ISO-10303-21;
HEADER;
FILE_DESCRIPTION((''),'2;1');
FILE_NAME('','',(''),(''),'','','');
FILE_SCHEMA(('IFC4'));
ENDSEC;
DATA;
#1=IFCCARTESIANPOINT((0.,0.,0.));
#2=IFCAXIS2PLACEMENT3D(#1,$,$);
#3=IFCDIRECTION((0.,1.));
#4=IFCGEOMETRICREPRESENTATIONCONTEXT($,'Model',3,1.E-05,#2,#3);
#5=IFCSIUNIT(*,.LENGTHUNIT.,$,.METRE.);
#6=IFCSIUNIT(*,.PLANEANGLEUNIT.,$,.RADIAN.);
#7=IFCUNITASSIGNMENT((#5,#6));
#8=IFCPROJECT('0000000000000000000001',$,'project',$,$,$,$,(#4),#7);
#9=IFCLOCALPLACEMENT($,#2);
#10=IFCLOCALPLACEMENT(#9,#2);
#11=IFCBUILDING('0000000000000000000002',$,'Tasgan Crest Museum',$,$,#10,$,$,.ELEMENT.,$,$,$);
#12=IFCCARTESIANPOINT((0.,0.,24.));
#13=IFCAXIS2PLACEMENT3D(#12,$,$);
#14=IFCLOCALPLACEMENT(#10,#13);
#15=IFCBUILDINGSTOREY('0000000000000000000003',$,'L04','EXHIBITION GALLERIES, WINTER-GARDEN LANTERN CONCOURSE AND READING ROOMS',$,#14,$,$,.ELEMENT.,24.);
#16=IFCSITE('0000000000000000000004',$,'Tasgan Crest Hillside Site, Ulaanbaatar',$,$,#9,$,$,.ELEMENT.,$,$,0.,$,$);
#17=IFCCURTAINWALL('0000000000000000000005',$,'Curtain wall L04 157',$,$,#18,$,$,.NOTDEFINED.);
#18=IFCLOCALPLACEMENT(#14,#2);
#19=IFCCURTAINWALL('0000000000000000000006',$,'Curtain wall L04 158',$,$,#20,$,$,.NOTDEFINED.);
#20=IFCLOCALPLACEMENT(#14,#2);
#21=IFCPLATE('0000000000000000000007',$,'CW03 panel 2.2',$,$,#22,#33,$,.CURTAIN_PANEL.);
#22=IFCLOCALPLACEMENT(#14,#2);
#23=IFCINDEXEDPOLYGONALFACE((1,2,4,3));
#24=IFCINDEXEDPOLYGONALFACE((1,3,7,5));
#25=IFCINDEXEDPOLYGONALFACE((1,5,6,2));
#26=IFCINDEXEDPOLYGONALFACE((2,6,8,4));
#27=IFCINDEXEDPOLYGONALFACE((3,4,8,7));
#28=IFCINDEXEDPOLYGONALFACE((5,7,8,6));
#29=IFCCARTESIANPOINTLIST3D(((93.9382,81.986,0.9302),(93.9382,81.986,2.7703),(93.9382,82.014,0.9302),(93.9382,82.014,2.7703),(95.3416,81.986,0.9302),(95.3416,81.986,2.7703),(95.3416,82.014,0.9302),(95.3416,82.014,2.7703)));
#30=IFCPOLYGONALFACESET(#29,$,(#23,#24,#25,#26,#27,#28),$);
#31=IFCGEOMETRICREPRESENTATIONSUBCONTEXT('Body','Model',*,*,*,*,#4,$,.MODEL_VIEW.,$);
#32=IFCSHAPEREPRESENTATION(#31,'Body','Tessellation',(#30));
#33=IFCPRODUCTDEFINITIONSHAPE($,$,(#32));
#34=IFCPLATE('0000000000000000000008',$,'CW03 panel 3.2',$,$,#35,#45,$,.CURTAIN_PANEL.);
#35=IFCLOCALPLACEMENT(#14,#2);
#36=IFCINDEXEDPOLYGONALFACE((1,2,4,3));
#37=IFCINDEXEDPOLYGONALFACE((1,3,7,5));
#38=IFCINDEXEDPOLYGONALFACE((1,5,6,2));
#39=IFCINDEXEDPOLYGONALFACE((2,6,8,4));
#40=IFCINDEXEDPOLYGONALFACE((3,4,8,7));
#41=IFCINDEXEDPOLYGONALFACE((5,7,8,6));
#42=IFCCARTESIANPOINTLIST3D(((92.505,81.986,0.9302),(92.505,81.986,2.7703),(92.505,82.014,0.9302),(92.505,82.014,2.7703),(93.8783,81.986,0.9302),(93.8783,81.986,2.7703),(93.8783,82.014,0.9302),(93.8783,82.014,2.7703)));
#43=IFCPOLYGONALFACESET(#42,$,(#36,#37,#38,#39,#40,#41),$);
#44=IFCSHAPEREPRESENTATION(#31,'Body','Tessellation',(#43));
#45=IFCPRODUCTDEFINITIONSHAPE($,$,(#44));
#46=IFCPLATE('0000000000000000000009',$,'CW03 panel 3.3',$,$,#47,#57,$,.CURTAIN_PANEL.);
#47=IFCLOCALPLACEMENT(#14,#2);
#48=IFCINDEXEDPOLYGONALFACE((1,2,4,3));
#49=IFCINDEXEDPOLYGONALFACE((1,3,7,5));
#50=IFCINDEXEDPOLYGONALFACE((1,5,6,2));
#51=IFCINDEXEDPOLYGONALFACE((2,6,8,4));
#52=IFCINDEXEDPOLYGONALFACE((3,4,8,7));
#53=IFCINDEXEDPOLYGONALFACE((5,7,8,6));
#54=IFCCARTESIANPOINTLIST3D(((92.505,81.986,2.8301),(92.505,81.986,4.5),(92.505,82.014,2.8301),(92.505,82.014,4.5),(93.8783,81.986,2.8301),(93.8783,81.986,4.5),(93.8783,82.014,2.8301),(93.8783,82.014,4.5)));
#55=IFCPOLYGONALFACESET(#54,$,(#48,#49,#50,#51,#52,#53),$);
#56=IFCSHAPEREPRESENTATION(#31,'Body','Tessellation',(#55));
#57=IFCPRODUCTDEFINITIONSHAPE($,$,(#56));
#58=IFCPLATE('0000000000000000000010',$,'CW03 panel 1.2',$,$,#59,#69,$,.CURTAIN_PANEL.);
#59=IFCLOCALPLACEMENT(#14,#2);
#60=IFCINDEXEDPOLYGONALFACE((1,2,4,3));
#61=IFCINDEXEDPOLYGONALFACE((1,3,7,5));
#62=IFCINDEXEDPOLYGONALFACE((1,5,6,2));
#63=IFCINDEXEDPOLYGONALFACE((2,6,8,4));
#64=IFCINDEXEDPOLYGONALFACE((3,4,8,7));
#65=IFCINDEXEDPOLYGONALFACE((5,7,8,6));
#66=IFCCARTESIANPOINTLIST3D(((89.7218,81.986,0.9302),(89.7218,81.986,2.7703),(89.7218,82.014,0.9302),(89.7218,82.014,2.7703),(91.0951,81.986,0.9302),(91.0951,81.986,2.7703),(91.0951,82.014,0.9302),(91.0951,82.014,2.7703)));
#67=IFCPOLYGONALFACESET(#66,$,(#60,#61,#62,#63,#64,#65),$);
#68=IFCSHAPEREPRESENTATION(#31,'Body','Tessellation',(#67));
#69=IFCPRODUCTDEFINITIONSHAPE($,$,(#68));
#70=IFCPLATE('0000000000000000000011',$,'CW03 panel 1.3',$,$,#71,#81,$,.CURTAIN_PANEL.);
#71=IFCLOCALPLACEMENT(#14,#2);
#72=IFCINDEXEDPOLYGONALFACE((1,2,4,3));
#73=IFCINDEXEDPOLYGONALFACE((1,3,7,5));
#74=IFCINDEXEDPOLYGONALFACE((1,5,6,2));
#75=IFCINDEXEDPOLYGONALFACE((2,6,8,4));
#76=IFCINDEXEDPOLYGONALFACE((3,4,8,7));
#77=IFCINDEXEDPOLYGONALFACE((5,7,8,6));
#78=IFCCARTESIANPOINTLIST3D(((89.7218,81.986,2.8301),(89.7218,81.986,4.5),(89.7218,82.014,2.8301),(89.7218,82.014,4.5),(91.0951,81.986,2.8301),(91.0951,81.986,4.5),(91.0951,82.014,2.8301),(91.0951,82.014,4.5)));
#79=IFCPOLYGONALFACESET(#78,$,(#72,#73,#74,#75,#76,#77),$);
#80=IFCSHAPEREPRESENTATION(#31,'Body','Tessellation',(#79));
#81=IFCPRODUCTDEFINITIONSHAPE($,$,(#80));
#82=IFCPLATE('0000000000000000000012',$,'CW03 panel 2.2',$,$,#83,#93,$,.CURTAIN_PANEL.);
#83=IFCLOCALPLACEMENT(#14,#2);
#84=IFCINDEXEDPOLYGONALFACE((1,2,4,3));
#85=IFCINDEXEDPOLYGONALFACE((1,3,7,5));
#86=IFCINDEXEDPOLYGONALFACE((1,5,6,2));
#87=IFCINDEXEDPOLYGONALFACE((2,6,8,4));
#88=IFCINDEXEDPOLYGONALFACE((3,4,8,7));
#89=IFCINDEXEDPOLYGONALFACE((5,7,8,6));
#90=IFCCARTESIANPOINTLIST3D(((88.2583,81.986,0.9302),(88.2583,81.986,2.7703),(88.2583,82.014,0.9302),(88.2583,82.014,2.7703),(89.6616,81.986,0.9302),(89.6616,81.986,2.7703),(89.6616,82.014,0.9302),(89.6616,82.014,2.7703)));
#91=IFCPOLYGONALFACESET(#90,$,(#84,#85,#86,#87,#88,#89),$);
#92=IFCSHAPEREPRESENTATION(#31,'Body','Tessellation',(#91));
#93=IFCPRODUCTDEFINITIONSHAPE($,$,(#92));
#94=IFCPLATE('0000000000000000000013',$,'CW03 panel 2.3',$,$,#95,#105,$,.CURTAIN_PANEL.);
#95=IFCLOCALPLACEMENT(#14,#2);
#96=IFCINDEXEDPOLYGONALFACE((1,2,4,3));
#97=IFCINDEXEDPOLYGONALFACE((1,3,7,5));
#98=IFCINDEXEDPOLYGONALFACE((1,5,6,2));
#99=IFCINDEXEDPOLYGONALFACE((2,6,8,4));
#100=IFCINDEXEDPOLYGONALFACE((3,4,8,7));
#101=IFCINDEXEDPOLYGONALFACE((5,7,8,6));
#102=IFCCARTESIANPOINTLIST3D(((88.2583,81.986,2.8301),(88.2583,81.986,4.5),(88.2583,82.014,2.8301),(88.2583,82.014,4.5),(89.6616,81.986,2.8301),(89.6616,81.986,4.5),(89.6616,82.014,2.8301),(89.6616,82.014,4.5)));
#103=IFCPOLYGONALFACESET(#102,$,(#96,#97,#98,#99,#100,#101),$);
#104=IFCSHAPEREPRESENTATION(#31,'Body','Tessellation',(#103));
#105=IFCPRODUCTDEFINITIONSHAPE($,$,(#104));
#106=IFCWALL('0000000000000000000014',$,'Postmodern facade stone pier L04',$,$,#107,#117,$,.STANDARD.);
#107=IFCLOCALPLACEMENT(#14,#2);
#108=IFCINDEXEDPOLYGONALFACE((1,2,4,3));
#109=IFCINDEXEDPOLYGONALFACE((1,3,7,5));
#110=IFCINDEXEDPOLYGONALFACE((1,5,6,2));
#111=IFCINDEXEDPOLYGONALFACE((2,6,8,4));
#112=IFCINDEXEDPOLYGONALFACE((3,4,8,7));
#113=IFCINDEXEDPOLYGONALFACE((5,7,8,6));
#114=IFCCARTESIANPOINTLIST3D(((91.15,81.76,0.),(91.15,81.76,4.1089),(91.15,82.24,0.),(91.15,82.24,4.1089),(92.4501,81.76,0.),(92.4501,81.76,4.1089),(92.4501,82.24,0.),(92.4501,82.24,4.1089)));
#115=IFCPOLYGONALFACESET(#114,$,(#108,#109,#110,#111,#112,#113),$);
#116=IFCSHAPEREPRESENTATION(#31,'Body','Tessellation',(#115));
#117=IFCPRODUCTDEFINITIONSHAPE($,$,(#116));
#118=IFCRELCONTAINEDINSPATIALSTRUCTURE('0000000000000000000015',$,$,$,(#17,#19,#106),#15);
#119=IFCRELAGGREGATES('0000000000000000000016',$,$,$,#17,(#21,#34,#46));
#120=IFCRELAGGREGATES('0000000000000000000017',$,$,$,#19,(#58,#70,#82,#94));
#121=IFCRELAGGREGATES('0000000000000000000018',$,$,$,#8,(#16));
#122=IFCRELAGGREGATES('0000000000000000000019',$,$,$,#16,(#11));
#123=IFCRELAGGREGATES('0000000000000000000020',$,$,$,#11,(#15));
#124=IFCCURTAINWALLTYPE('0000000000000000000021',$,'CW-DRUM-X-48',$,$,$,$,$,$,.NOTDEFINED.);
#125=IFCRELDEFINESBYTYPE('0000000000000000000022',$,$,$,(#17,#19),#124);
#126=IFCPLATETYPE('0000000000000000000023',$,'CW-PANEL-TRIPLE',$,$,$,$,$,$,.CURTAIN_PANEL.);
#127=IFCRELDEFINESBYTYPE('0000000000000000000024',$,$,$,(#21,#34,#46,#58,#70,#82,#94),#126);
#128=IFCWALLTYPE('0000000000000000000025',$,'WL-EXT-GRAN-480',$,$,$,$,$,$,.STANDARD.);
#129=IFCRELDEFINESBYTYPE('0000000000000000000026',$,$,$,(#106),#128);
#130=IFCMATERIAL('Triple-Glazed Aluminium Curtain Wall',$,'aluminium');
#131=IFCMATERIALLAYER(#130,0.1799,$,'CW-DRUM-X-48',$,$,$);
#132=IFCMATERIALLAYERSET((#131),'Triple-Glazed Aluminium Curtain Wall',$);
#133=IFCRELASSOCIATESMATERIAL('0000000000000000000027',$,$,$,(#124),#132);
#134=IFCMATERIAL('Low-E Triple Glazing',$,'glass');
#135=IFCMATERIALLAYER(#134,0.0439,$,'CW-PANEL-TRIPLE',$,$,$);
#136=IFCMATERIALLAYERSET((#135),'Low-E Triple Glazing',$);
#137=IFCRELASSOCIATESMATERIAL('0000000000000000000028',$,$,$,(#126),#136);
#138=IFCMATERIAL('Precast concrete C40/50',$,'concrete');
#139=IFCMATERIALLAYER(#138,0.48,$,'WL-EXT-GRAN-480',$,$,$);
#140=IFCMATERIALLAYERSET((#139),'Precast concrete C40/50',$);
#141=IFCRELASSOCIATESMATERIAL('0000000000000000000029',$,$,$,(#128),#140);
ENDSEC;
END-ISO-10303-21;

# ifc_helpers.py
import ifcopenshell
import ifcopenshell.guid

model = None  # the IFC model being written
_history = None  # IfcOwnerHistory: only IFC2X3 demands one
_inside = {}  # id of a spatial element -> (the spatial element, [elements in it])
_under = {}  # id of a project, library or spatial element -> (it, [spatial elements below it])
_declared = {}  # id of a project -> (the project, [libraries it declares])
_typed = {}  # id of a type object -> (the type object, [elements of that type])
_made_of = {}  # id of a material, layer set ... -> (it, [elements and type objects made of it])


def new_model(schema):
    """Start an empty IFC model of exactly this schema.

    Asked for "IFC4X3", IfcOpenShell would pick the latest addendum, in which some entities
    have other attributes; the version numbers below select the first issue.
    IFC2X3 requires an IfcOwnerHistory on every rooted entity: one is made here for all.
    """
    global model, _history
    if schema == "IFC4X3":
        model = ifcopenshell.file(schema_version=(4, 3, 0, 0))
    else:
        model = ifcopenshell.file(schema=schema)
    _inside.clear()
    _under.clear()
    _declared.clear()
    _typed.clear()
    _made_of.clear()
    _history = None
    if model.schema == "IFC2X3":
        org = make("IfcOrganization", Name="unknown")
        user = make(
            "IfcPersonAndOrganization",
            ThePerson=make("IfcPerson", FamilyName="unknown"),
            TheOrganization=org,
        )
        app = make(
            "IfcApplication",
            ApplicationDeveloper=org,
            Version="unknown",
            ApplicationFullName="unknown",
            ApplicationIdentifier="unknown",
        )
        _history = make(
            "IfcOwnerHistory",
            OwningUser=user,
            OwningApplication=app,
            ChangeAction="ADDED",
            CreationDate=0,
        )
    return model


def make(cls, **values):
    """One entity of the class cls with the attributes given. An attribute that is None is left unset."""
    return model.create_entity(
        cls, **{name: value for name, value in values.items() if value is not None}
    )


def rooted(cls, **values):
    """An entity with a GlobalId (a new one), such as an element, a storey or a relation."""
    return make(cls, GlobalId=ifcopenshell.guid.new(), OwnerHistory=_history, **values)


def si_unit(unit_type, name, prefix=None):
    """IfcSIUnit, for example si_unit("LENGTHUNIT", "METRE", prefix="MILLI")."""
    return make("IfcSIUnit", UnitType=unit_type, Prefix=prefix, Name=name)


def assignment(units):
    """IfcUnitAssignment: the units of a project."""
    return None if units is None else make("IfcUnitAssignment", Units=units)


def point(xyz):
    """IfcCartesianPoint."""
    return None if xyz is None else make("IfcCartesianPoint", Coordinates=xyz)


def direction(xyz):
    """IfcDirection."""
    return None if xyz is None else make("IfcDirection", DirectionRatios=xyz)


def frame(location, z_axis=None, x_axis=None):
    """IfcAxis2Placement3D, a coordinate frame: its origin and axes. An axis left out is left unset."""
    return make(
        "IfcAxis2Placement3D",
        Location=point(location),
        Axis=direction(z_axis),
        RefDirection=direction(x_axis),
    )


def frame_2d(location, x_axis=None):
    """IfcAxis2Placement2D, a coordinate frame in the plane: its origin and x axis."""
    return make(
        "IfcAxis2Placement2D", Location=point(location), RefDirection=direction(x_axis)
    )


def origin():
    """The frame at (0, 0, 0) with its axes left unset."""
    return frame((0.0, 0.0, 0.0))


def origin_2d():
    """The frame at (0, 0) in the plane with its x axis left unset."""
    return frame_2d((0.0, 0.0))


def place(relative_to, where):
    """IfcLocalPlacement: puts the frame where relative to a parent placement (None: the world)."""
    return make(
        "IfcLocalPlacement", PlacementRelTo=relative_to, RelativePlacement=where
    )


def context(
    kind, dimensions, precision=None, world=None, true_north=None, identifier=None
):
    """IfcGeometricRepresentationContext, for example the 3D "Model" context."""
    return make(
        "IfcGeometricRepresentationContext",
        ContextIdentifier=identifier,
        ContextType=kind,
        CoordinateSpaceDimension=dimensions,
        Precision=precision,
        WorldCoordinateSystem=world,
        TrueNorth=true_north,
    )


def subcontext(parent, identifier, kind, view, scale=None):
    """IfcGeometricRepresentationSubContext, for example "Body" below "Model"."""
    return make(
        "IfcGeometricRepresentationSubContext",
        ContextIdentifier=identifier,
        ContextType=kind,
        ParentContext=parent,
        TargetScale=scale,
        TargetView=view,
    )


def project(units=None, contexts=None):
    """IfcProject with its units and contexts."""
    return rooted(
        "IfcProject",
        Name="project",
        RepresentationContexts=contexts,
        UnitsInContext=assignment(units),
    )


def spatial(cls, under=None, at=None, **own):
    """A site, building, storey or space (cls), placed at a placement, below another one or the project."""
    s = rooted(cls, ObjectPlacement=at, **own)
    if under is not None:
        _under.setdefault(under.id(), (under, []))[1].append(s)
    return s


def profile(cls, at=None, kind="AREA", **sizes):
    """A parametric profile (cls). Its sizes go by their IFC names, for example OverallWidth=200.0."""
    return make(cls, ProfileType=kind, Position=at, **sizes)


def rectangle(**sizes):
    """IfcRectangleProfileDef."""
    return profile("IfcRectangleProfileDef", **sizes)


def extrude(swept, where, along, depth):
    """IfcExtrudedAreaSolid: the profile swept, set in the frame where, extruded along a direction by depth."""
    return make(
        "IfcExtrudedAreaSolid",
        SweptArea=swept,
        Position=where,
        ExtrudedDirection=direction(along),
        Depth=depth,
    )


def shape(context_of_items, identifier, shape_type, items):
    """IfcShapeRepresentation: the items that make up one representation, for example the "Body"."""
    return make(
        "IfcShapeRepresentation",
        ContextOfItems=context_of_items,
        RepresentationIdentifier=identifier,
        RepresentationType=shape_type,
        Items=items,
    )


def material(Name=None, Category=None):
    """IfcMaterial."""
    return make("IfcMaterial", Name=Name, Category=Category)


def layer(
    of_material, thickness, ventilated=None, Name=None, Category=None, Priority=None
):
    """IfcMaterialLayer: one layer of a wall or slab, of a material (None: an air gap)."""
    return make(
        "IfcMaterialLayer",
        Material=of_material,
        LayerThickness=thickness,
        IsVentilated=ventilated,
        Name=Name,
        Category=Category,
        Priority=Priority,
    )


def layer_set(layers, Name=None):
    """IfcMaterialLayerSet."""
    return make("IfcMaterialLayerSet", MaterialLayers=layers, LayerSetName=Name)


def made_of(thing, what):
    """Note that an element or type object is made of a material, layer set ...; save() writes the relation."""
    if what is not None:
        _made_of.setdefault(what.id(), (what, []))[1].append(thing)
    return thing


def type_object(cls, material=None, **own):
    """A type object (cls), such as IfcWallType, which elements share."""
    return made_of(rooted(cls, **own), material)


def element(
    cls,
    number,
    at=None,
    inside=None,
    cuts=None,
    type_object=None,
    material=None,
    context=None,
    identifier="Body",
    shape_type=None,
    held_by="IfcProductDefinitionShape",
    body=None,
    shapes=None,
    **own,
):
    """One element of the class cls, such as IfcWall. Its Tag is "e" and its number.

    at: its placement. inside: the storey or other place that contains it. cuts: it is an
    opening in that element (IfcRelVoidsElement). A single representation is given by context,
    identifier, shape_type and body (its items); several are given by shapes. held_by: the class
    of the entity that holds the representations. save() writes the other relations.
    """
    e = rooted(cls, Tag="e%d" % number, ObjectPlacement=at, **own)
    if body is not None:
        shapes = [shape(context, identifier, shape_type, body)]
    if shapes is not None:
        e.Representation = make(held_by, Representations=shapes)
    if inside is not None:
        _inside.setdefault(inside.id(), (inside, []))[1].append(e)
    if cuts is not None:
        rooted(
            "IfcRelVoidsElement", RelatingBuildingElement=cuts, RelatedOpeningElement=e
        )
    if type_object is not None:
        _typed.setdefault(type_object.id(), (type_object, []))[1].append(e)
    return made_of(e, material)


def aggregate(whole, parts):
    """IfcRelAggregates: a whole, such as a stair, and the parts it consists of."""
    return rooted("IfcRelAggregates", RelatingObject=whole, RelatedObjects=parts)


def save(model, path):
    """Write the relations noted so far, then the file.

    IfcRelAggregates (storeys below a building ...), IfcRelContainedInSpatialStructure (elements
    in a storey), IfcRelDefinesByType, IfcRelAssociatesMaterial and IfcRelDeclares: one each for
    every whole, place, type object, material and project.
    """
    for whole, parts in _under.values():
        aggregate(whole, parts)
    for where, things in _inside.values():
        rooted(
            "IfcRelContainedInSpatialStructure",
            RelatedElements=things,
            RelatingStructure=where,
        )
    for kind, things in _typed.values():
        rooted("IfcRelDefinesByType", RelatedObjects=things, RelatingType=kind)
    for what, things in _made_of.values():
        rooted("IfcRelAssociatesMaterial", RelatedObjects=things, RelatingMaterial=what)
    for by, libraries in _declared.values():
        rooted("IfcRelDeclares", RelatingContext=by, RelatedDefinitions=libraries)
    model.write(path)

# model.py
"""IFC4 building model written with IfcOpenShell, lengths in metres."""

from ifc_helpers import new_model, si_unit, direction, frame, frame_2d, origin, origin_2d, place, context, subcontext, project, spatial, rectangle, extrude, material, layer, layer_set, type_object, element, aggregate, save


model = new_model("IFC4")

# Units and contexts
model_context = context("Model", 3, precision=1e-05, world=origin(), true_north=direction((0.0, 1.0)))
body_context = subcontext(model_context, "Body", "Model", "MODEL_VIEW")
ifc_project = project(units=[si_unit("LENGTHUNIT", "METRE"), si_unit("PLANEANGLEUNIT", "RADIAN")], contexts=[model_context])

# Site, building, storey
site_placement = place(None, origin())
site = spatial("IfcSite", under=ifc_project, at=site_placement, Name="Tasgan Crest Hillside Site, Ulaanbaatar", CompositionType="ELEMENT", RefElevation=0.0)
building_placement = place(site_placement, origin())
building = spatial("IfcBuilding", under=site, at=building_placement, Name="Tasgan Crest Museum", CompositionType="ELEMENT")
storey_placement = place(building_placement, frame((0.0, 0.0, 24.0)))
storey = spatial("IfcBuildingStorey", under=building, at=storey_placement, Name="L04", Description="EXHIBITION GALLERIES, WINTER-GARDEN LANTERN CONCOURSE AND READING ROOMS", CompositionType="ELEMENT", Elevation=24.0)

# Curtain walls
ifc_material_1 = material(Name="Triple-Glazed Aluminium Curtain Wall", Category="aluminium")
ifc_layer_1 = layer(ifc_material_1, 0.1799, Name="CW-DRUM-X-48")
ifc_layer_set_1 = layer_set([ifc_layer_1], Name="Triple-Glazed Aluminium Curtain Wall")
curtain_wall_type = type_object("IfcCurtainWallType", Name="CW-DRUM-X-48", PredefinedType="NOTDEFINED", material=ifc_layer_set_1)
curtain_wall_1_placement = place(storey_placement, origin())
curtain_wall_1 = element("IfcCurtainWall", 1, at=curtain_wall_1_placement, inside=storey, type_object=curtain_wall_type, Name="Curtain wall L04 157", PredefinedType="NOTDEFINED")
curtain_wall_2_placement = place(storey_placement, origin())
curtain_wall_2 = element("IfcCurtainWall", 2, at=curtain_wall_2_placement, inside=storey, type_object=curtain_wall_type, Name="Curtain wall L04 158", PredefinedType="NOTDEFINED")

# Plates
ifc_material_2 = material(Name="Low-E Triple Glazing", Category="glass")
ifc_layer_2 = layer(ifc_material_2, 0.0439, Name="CW-PANEL-TRIPLE")
ifc_layer_set_2 = layer_set([ifc_layer_2], Name="Low-E Triple Glazing")
plate_type_1 = type_object("IfcPlateType", Name="CW-PANEL-TRIPLE", PredefinedType="CURTAIN_PANEL", material=ifc_layer_set_2)
plate_1_placement = place(storey_placement, frame((94.6399, 82.0, 0.9302), z_axis=(0.0, 0.0, 1.0), x_axis=(-1.0, 0.0, 0.0)))
plate_1 = element("IfcPlate", 3, at=plate_1_placement, type_object=plate_type_1, Name="CW03 panel 2.2", PredefinedType="CURTAIN_PANEL", context=body_context, shape_type="SweptSolid", body=[
    extrude(rectangle(XDim=1.4033, YDim=0.0281, at=origin_2d()), origin(), (0.0, 0.0, 1.0), 1.8401),
])
plate_2_placement = place(storey_placement, frame((93.1917, 82.0, 0.9302), z_axis=(0.0, 0.0, 1.0), x_axis=(-1.0, 0.0, 0.0)))
plate_2 = element("IfcPlate", 4, at=plate_2_placement, type_object=plate_type_1, Name="CW03 panel 3.2", PredefinedType="CURTAIN_PANEL", context=body_context, shape_type="SweptSolid", body=[
    extrude(rectangle(XDim=1.3733, YDim=0.0281, at=origin_2d()), origin(), (0.0, 0.0, 1.0), 1.8401),
])
plate_3_placement = place(storey_placement, frame((93.1917, 82.0, 2.8301), z_axis=(0.0, 0.0, 1.0), x_axis=(-1.0, 0.0, 0.0)))
plate_3 = element("IfcPlate", 5, at=plate_3_placement, type_object=plate_type_1, Name="CW03 panel 3.3", PredefinedType="CURTAIN_PANEL", context=body_context, shape_type="SweptSolid", body=[
    extrude(rectangle(XDim=1.3733, YDim=0.0281, at=origin_2d()), origin(), (0.0, 0.0, 1.0), 1.6699),
])
aggregate(curtain_wall_1, [plate_1, plate_2, plate_3])
plate_4_placement = place(storey_placement, frame((90.4084, 82.0, 0.9302), z_axis=(0.0, 0.0, 1.0), x_axis=(-1.0, 0.0, 0.0)))
plate_4 = element("IfcPlate", 6, at=plate_4_placement, type_object=plate_type_1, Name="CW03 panel 1.2", PredefinedType="CURTAIN_PANEL", context=body_context, shape_type="SweptSolid", body=[
    extrude(rectangle(XDim=1.3733, YDim=0.0281, at=origin_2d()), origin(), (0.0, 0.0, 1.0), 1.8401),
])
plate_5_placement = place(storey_placement, frame((90.4084, 82.0, 2.8301), z_axis=(0.0, 0.0, 1.0), x_axis=(-1.0, 0.0, 0.0)))
plate_5 = element("IfcPlate", 7, at=plate_5_placement, type_object=plate_type_1, Name="CW03 panel 1.3", PredefinedType="CURTAIN_PANEL", context=body_context, shape_type="SweptSolid", body=[
    extrude(rectangle(XDim=1.3733, YDim=0.0281, at=origin_2d()), origin(), (0.0, 0.0, 1.0), 1.6699),
])
plate_6_placement = place(storey_placement, frame((88.96, 82.0, 0.9302), z_axis=(0.0, 0.0, 1.0), x_axis=(-1.0, 0.0, 0.0)))
plate_6 = element("IfcPlate", 8, at=plate_6_placement, type_object=plate_type_1, Name="CW03 panel 2.2", PredefinedType="CURTAIN_PANEL", context=body_context, shape_type="SweptSolid", body=[
    extrude(rectangle(XDim=1.4033, YDim=0.0281, at=origin_2d()), origin(), (0.0, 0.0, 1.0), 1.8401),
])
plate_7_placement = place(storey_placement, frame((88.96, 82.0, 2.8301), z_axis=(0.0, 0.0, 1.0), x_axis=(-1.0, 0.0, 0.0)))
plate_7 = element("IfcPlate", 9, at=plate_7_placement, type_object=plate_type_1, Name="CW03 panel 2.3", PredefinedType="CURTAIN_PANEL", context=body_context, shape_type="SweptSolid", body=[
    extrude(rectangle(XDim=1.4033, YDim=0.0281, at=origin_2d()), origin(), (0.0, 0.0, 1.0), 1.6699),
])
aggregate(curtain_wall_2, [plate_4, plate_5, plate_6, plate_7])

# Wall
ifc_material_3 = material(Name="Precast concrete C40/50", Category="concrete")
ifc_layer_3 = layer(ifc_material_3, 0.48, Name="WL-EXT-GRAN-480")
ifc_layer_set_3 = layer_set([ifc_layer_3], Name="Precast concrete C40/50")
wall_type = type_object("IfcWallType", Name="WL-EXT-GRAN-480", PredefinedType="STANDARD", material=ifc_layer_set_3)
wall_placement = place(storey_placement, frame((92.45, 82.0, 0.0), z_axis=(0.0, 0.0, 1.0), x_axis=(-1.0, 0.0, 0.0)))
element("IfcWall", 10, at=wall_placement, inside=storey, type_object=wall_type, Name="Postmodern facade stone pier L04", PredefinedType="STANDARD", context=body_context, shape_type="SweptSolid", body=[
    extrude(rectangle(XDim=1.3, YDim=0.48, at=frame_2d((0.6499, 0.0))), origin(), (0.0, 0.0, 1.0), 4.1089),
])

save(model, "model.ifc")
